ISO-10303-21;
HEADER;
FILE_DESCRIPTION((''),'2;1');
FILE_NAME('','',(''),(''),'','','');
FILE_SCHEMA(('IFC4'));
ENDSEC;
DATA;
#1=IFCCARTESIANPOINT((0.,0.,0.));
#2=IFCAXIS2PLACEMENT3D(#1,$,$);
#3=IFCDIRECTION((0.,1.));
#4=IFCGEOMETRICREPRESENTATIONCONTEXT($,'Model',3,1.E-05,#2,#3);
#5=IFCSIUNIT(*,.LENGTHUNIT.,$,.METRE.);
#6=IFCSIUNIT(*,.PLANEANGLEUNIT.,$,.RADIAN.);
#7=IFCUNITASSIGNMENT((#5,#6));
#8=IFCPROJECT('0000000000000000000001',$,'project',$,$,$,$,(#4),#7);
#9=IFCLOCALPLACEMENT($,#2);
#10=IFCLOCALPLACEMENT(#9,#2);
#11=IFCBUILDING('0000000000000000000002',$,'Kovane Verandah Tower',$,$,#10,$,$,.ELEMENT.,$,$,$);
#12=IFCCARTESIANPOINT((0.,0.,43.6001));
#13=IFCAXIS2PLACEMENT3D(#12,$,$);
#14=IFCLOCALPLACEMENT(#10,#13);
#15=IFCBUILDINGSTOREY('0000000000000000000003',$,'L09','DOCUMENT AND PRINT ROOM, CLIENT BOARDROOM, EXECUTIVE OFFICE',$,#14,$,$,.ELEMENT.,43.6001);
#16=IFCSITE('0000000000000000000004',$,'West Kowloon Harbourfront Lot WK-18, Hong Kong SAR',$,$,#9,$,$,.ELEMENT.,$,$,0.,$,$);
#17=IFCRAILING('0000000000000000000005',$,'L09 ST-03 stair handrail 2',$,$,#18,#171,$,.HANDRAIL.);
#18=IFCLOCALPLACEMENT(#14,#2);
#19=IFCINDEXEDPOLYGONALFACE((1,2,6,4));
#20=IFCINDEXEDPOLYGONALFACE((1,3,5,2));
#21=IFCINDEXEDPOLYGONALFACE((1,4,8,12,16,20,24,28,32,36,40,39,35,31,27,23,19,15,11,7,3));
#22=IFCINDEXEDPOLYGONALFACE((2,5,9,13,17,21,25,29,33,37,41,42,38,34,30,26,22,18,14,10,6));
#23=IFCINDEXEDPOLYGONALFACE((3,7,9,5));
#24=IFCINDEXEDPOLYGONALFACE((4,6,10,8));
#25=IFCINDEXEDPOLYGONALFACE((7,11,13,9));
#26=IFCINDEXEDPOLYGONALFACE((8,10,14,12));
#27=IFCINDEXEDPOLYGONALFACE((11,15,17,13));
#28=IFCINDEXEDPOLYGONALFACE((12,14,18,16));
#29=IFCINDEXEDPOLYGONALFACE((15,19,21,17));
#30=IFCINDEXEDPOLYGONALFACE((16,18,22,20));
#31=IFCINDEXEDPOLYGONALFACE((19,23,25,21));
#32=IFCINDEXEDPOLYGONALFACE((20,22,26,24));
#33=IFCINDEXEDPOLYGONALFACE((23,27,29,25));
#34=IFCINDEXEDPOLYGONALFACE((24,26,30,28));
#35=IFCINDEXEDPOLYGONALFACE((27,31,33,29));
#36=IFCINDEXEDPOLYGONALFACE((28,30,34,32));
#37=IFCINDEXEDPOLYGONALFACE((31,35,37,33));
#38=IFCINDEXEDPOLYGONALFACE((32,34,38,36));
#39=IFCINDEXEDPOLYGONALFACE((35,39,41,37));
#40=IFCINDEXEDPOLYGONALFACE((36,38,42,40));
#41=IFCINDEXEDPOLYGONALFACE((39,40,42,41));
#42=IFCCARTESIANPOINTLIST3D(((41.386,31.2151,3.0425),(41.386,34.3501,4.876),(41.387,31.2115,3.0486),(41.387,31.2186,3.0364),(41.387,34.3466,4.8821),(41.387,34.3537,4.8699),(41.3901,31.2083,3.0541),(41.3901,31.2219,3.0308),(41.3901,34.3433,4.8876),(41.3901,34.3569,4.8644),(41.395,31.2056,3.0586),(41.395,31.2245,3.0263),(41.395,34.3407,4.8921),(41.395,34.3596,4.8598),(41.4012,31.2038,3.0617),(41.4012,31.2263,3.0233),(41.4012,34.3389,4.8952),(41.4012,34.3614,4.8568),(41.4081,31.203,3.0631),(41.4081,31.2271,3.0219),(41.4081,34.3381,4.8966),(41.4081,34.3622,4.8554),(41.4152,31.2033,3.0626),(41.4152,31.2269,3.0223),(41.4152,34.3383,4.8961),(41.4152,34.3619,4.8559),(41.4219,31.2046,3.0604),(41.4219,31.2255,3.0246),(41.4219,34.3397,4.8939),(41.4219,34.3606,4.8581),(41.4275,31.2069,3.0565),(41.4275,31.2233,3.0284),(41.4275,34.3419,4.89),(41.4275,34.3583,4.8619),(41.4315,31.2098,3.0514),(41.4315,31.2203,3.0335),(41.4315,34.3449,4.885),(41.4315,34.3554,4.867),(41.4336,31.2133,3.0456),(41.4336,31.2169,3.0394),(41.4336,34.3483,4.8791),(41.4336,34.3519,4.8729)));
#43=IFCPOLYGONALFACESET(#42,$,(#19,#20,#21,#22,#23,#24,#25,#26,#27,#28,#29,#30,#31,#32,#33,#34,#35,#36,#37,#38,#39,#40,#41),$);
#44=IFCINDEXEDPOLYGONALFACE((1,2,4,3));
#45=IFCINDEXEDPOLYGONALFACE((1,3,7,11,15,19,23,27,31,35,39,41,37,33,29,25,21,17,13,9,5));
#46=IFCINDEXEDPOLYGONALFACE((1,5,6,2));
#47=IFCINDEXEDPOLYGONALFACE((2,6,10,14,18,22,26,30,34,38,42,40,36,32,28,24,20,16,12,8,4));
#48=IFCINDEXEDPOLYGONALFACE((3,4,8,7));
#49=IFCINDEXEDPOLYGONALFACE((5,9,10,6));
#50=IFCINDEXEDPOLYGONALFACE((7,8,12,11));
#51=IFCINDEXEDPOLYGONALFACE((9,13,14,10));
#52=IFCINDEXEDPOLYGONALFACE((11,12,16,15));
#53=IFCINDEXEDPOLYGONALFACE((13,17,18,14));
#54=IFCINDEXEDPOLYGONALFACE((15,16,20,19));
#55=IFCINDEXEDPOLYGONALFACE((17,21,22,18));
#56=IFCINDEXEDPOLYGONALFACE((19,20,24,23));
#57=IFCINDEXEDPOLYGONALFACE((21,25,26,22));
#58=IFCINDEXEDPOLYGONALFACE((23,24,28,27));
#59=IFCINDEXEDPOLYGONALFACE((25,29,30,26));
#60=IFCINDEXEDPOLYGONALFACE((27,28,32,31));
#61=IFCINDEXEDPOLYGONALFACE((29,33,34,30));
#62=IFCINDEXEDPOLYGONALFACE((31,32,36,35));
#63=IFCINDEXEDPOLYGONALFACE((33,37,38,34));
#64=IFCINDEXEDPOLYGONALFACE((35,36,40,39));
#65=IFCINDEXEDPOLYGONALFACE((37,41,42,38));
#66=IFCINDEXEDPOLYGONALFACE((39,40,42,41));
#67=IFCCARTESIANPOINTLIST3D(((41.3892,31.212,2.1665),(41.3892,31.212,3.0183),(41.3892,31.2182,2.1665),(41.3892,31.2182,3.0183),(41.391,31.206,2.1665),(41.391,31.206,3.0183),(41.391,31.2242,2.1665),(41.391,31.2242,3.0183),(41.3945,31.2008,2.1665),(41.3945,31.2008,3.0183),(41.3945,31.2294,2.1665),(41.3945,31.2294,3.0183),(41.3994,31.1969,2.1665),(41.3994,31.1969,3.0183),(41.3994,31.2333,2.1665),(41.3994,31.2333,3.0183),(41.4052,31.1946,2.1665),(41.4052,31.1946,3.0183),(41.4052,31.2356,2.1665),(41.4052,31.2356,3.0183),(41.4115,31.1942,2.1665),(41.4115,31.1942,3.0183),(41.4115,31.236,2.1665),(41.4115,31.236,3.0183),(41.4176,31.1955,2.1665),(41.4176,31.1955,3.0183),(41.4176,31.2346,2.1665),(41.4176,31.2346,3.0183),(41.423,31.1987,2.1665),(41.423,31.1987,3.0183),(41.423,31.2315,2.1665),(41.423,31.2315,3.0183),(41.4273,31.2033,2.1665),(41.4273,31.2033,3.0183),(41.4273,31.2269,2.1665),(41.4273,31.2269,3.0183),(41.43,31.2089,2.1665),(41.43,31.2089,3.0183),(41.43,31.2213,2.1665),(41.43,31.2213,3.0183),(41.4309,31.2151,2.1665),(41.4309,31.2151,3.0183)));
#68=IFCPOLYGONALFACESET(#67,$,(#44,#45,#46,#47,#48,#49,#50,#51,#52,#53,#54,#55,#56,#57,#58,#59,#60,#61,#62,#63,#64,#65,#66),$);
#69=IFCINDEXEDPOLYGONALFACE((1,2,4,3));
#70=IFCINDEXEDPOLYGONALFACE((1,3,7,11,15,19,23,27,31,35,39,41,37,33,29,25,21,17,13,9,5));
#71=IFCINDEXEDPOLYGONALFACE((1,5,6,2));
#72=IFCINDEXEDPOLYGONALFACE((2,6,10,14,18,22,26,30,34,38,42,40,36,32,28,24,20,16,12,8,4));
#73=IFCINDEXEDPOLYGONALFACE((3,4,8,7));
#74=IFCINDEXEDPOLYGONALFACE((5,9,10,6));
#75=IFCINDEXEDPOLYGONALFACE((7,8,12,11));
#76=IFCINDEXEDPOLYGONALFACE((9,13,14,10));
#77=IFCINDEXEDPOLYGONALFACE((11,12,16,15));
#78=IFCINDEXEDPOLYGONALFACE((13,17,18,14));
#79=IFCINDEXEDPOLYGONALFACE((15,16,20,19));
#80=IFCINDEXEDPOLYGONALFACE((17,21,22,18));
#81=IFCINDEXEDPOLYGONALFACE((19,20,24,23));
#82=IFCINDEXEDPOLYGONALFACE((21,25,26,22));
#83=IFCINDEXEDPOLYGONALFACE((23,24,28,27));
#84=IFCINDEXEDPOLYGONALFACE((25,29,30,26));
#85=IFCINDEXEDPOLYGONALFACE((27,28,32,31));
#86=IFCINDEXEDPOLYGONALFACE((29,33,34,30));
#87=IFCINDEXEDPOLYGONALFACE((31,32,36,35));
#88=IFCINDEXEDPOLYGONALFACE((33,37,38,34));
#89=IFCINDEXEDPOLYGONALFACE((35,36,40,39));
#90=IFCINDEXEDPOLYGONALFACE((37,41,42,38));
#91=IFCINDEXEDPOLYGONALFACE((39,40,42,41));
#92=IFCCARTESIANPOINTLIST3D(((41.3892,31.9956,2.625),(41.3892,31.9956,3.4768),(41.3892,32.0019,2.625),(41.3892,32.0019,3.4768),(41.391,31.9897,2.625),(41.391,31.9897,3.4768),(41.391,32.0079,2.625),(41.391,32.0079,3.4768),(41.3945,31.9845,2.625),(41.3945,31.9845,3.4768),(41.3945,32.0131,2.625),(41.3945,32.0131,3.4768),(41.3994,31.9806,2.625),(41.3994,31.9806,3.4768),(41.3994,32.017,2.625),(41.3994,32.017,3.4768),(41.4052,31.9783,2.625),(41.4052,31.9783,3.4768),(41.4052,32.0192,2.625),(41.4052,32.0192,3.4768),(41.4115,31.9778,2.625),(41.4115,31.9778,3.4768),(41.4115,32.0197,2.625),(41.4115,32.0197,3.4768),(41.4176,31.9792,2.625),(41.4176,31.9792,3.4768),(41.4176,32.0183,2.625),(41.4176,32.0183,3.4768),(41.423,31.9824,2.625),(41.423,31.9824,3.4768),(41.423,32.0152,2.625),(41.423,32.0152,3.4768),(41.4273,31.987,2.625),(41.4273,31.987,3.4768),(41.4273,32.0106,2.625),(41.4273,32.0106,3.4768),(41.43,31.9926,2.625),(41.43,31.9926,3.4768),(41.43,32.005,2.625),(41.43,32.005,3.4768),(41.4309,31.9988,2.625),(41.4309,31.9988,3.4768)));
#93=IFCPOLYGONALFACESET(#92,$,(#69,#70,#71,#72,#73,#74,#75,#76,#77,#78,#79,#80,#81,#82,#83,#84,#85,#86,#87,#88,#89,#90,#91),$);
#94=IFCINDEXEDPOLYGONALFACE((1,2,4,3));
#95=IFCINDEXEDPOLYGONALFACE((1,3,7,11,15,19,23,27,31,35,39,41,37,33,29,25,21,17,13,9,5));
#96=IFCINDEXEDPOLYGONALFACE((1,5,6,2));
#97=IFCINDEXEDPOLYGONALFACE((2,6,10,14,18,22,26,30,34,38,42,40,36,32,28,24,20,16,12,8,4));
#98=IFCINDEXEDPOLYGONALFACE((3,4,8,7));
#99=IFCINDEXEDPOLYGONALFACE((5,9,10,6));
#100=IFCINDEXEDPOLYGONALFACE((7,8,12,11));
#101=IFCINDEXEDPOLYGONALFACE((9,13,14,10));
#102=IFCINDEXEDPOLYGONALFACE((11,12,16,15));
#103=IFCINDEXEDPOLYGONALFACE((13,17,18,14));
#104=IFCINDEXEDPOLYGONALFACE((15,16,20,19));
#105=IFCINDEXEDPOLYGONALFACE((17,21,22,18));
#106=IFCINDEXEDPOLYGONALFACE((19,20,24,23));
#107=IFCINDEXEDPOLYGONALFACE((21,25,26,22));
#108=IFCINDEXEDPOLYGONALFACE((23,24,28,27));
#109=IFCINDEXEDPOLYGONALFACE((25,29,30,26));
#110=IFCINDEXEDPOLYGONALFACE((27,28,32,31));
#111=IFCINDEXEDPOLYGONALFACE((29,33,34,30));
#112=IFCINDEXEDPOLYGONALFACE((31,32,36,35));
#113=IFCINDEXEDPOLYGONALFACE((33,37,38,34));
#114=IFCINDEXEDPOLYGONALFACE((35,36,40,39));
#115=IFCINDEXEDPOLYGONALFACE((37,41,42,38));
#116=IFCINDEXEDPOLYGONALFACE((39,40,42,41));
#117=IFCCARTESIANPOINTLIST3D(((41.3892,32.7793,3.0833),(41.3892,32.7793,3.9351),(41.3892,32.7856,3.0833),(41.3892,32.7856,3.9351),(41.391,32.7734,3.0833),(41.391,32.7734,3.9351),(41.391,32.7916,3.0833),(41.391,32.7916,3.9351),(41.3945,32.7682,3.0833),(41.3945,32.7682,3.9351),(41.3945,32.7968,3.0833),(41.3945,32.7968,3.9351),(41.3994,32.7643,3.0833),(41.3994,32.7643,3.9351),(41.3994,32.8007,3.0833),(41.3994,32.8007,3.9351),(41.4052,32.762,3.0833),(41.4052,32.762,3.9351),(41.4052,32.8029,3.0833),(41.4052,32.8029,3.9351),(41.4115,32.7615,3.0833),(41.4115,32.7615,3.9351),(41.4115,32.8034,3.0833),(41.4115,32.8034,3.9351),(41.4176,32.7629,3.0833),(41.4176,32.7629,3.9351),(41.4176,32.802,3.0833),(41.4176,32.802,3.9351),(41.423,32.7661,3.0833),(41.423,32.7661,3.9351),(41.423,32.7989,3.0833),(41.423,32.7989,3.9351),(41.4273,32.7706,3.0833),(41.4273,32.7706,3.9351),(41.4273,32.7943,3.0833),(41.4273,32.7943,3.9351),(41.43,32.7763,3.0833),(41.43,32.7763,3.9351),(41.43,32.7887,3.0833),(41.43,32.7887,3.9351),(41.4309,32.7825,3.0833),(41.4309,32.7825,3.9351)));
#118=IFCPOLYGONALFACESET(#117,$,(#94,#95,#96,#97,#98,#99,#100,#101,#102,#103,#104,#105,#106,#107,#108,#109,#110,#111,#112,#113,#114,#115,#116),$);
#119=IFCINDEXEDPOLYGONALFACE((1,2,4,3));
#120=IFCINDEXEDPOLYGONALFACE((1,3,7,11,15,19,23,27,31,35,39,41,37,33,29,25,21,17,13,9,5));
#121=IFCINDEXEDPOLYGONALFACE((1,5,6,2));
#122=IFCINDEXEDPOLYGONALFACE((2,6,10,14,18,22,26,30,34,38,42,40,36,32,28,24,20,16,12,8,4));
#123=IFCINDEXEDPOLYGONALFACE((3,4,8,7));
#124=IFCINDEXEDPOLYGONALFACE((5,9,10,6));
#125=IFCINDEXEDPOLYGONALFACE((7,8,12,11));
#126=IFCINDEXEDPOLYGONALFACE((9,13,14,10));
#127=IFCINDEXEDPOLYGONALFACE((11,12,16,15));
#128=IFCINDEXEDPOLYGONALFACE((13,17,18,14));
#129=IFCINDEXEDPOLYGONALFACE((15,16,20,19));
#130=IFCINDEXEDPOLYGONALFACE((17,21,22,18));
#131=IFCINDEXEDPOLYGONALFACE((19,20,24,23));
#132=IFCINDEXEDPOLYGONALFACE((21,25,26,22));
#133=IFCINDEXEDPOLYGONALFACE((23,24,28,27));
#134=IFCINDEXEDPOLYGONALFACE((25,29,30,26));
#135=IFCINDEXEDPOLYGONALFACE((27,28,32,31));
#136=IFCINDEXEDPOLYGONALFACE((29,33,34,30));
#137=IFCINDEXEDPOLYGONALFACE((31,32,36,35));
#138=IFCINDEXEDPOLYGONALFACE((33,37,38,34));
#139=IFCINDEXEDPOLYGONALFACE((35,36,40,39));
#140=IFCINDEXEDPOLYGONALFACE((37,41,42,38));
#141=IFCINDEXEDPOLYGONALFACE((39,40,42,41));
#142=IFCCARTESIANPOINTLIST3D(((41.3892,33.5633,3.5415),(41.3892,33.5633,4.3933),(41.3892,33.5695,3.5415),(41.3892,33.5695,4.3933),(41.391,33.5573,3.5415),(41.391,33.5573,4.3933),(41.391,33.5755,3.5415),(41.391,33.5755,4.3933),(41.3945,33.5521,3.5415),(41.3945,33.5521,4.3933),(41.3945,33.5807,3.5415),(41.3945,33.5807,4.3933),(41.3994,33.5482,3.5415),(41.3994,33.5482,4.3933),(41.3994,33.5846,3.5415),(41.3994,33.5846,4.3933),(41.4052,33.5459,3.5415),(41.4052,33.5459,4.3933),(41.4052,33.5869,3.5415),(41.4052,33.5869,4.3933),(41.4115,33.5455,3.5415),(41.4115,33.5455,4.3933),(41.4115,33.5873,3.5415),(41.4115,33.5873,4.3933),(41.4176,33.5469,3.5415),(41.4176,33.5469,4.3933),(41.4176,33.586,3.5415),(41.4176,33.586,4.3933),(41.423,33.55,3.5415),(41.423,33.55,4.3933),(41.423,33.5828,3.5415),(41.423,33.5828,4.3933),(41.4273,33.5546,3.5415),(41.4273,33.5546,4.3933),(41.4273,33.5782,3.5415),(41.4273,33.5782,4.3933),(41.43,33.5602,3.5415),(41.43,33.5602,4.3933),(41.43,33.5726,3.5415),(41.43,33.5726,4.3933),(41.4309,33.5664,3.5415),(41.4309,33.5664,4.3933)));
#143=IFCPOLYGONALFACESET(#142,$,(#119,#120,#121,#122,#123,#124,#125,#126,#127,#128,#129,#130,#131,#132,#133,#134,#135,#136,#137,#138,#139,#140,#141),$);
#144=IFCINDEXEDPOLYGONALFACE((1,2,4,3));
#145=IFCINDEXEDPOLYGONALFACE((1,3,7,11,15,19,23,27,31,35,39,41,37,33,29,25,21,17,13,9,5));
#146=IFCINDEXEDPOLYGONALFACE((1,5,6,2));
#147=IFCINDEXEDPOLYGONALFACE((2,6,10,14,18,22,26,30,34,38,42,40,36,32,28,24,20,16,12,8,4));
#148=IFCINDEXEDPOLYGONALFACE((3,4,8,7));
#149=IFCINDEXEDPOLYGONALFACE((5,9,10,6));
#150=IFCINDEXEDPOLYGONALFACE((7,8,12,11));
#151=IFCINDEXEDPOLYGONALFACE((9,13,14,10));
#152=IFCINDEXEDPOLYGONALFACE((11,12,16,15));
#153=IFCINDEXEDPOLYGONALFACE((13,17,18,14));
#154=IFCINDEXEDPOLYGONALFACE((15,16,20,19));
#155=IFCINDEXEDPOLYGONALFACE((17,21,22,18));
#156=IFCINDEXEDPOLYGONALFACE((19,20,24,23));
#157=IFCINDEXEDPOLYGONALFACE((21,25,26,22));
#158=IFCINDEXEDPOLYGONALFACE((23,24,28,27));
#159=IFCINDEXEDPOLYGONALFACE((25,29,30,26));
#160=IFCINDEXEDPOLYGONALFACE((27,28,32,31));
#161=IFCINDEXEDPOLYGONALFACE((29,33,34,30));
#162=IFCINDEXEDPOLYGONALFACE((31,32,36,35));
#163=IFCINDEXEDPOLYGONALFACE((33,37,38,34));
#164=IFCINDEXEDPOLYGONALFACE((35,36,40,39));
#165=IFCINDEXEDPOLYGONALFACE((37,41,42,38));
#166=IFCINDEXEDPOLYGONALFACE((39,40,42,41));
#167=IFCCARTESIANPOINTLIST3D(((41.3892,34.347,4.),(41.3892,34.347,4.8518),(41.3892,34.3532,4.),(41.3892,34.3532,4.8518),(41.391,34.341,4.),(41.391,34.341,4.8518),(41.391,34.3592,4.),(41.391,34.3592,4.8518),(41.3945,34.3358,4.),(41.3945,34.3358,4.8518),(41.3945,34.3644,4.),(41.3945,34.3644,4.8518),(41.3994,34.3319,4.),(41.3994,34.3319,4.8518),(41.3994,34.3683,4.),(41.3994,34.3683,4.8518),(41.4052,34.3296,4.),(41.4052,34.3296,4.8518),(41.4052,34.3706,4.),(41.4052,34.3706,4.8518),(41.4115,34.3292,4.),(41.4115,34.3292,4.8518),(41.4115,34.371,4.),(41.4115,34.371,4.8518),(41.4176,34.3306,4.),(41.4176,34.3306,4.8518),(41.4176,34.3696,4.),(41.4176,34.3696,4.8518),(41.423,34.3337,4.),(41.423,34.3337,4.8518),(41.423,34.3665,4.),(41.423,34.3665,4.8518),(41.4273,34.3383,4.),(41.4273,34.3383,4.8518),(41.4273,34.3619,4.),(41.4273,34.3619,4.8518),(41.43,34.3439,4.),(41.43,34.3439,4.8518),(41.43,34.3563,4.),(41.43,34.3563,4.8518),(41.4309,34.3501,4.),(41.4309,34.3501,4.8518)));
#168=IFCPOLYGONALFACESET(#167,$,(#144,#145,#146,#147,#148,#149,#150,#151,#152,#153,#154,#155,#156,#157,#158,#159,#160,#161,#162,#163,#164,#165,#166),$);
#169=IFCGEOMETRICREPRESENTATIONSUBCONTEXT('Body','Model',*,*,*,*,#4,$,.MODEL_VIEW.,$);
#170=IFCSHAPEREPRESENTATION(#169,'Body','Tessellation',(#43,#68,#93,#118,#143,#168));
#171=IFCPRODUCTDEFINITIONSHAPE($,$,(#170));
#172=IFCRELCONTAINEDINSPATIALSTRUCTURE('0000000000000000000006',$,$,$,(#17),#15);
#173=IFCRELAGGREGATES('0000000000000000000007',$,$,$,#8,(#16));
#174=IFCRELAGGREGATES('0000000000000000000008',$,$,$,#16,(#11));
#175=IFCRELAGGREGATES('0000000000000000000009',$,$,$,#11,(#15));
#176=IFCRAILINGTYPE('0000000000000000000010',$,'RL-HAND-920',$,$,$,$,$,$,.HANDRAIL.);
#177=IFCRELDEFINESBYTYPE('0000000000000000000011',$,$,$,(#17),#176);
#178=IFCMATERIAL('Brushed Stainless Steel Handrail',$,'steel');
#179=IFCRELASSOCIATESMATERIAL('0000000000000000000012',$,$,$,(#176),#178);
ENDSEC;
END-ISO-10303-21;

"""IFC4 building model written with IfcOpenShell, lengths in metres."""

from ifc_helpers import new_model, si_unit, direction, frame, origin, origin_2d, place, context, subcontext, project, spatial, circle, extrude, material, type_object, element, save


model = new_model("IFC4")

# Units and contexts
model_context = context("Model", 3, precision=1e-05, world=origin(), true_north=direction((0.0, 1.0)))
body_context = subcontext(model_context, "Body", "Model", "MODEL_VIEW")
ifc_project = project(units=[si_unit("LENGTHUNIT", "METRE"), si_unit("PLANEANGLEUNIT", "RADIAN")], contexts=[model_context])

# Site, building, storey
site_placement = place(None, origin())
site = spatial("IfcSite", under=ifc_project, at=site_placement, Name="West Kowloon Harbourfront Lot WK-18, Hong Kong SAR", CompositionType="ELEMENT", RefElevation=0.0)
building_placement = place(site_placement, origin())
building = spatial("IfcBuilding", under=site, at=building_placement, Name="Kovane Verandah Tower", CompositionType="ELEMENT")
storey_placement = place(building_placement, frame((0.0, 0.0, 43.6001)))
storey = spatial("IfcBuildingStorey", under=building, at=storey_placement, Name="L09", Description="DOCUMENT AND PRINT ROOM, CLIENT BOARDROOM, EXECUTIVE OFFICE", CompositionType="ELEMENT", Elevation=43.6001)

# Railing
ifc_material_1 = material(Name="Brushed Stainless Steel Handrail", Category="steel")
railing_type_1 = type_object("IfcRailingType", Name="RL-HAND-920", PredefinedType="HANDRAIL", material=ifc_material_1)
railing_1_placement = place(storey_placement, frame((41.4099, 31.2151, 2.1665)))
element("IfcRailing", 1, at=railing_1_placement, inside=storey, type_object=railing_type_1, Name="L09 ST-03 stair handrail 2", PredefinedType="HANDRAIL", context=body_context, shape_type="SweptSolid", body=[
    extrude(circle(Radius=0.0239, at=origin_2d()), frame((0.0, 0.0, 0.876), z_axis=(0.0, 0.86321, 0.504845), x_axis=(-1.0, 0.0, 0.0)), (0.0, 0.0, 1.0), 3.6318),
    extrude(circle(Radius=0.021, at=origin_2d()), origin(), (0.0, 0.0, 1.0), 0.8518),
    extrude(circle(Radius=0.021, at=origin_2d()), frame((0.0, 0.7837, 0.4585)), (0.0, 0.0, 1.0), 0.8518),
    extrude(circle(Radius=0.021, at=origin_2d()), frame((0.0, 1.5674, 0.9167)), (0.0, 0.0, 1.0), 0.8518),
    extrude(circle(Radius=0.021, at=origin_2d()), frame((0.0, 2.3513, 1.375)), (0.0, 0.0, 1.0), 0.8518),
    extrude(circle(Radius=0.021, at=origin_2d()), frame((0.0, 3.135, 1.8335)), (0.0, 0.0, 1.0), 0.8518),
])

save(model, "model.ifc")
